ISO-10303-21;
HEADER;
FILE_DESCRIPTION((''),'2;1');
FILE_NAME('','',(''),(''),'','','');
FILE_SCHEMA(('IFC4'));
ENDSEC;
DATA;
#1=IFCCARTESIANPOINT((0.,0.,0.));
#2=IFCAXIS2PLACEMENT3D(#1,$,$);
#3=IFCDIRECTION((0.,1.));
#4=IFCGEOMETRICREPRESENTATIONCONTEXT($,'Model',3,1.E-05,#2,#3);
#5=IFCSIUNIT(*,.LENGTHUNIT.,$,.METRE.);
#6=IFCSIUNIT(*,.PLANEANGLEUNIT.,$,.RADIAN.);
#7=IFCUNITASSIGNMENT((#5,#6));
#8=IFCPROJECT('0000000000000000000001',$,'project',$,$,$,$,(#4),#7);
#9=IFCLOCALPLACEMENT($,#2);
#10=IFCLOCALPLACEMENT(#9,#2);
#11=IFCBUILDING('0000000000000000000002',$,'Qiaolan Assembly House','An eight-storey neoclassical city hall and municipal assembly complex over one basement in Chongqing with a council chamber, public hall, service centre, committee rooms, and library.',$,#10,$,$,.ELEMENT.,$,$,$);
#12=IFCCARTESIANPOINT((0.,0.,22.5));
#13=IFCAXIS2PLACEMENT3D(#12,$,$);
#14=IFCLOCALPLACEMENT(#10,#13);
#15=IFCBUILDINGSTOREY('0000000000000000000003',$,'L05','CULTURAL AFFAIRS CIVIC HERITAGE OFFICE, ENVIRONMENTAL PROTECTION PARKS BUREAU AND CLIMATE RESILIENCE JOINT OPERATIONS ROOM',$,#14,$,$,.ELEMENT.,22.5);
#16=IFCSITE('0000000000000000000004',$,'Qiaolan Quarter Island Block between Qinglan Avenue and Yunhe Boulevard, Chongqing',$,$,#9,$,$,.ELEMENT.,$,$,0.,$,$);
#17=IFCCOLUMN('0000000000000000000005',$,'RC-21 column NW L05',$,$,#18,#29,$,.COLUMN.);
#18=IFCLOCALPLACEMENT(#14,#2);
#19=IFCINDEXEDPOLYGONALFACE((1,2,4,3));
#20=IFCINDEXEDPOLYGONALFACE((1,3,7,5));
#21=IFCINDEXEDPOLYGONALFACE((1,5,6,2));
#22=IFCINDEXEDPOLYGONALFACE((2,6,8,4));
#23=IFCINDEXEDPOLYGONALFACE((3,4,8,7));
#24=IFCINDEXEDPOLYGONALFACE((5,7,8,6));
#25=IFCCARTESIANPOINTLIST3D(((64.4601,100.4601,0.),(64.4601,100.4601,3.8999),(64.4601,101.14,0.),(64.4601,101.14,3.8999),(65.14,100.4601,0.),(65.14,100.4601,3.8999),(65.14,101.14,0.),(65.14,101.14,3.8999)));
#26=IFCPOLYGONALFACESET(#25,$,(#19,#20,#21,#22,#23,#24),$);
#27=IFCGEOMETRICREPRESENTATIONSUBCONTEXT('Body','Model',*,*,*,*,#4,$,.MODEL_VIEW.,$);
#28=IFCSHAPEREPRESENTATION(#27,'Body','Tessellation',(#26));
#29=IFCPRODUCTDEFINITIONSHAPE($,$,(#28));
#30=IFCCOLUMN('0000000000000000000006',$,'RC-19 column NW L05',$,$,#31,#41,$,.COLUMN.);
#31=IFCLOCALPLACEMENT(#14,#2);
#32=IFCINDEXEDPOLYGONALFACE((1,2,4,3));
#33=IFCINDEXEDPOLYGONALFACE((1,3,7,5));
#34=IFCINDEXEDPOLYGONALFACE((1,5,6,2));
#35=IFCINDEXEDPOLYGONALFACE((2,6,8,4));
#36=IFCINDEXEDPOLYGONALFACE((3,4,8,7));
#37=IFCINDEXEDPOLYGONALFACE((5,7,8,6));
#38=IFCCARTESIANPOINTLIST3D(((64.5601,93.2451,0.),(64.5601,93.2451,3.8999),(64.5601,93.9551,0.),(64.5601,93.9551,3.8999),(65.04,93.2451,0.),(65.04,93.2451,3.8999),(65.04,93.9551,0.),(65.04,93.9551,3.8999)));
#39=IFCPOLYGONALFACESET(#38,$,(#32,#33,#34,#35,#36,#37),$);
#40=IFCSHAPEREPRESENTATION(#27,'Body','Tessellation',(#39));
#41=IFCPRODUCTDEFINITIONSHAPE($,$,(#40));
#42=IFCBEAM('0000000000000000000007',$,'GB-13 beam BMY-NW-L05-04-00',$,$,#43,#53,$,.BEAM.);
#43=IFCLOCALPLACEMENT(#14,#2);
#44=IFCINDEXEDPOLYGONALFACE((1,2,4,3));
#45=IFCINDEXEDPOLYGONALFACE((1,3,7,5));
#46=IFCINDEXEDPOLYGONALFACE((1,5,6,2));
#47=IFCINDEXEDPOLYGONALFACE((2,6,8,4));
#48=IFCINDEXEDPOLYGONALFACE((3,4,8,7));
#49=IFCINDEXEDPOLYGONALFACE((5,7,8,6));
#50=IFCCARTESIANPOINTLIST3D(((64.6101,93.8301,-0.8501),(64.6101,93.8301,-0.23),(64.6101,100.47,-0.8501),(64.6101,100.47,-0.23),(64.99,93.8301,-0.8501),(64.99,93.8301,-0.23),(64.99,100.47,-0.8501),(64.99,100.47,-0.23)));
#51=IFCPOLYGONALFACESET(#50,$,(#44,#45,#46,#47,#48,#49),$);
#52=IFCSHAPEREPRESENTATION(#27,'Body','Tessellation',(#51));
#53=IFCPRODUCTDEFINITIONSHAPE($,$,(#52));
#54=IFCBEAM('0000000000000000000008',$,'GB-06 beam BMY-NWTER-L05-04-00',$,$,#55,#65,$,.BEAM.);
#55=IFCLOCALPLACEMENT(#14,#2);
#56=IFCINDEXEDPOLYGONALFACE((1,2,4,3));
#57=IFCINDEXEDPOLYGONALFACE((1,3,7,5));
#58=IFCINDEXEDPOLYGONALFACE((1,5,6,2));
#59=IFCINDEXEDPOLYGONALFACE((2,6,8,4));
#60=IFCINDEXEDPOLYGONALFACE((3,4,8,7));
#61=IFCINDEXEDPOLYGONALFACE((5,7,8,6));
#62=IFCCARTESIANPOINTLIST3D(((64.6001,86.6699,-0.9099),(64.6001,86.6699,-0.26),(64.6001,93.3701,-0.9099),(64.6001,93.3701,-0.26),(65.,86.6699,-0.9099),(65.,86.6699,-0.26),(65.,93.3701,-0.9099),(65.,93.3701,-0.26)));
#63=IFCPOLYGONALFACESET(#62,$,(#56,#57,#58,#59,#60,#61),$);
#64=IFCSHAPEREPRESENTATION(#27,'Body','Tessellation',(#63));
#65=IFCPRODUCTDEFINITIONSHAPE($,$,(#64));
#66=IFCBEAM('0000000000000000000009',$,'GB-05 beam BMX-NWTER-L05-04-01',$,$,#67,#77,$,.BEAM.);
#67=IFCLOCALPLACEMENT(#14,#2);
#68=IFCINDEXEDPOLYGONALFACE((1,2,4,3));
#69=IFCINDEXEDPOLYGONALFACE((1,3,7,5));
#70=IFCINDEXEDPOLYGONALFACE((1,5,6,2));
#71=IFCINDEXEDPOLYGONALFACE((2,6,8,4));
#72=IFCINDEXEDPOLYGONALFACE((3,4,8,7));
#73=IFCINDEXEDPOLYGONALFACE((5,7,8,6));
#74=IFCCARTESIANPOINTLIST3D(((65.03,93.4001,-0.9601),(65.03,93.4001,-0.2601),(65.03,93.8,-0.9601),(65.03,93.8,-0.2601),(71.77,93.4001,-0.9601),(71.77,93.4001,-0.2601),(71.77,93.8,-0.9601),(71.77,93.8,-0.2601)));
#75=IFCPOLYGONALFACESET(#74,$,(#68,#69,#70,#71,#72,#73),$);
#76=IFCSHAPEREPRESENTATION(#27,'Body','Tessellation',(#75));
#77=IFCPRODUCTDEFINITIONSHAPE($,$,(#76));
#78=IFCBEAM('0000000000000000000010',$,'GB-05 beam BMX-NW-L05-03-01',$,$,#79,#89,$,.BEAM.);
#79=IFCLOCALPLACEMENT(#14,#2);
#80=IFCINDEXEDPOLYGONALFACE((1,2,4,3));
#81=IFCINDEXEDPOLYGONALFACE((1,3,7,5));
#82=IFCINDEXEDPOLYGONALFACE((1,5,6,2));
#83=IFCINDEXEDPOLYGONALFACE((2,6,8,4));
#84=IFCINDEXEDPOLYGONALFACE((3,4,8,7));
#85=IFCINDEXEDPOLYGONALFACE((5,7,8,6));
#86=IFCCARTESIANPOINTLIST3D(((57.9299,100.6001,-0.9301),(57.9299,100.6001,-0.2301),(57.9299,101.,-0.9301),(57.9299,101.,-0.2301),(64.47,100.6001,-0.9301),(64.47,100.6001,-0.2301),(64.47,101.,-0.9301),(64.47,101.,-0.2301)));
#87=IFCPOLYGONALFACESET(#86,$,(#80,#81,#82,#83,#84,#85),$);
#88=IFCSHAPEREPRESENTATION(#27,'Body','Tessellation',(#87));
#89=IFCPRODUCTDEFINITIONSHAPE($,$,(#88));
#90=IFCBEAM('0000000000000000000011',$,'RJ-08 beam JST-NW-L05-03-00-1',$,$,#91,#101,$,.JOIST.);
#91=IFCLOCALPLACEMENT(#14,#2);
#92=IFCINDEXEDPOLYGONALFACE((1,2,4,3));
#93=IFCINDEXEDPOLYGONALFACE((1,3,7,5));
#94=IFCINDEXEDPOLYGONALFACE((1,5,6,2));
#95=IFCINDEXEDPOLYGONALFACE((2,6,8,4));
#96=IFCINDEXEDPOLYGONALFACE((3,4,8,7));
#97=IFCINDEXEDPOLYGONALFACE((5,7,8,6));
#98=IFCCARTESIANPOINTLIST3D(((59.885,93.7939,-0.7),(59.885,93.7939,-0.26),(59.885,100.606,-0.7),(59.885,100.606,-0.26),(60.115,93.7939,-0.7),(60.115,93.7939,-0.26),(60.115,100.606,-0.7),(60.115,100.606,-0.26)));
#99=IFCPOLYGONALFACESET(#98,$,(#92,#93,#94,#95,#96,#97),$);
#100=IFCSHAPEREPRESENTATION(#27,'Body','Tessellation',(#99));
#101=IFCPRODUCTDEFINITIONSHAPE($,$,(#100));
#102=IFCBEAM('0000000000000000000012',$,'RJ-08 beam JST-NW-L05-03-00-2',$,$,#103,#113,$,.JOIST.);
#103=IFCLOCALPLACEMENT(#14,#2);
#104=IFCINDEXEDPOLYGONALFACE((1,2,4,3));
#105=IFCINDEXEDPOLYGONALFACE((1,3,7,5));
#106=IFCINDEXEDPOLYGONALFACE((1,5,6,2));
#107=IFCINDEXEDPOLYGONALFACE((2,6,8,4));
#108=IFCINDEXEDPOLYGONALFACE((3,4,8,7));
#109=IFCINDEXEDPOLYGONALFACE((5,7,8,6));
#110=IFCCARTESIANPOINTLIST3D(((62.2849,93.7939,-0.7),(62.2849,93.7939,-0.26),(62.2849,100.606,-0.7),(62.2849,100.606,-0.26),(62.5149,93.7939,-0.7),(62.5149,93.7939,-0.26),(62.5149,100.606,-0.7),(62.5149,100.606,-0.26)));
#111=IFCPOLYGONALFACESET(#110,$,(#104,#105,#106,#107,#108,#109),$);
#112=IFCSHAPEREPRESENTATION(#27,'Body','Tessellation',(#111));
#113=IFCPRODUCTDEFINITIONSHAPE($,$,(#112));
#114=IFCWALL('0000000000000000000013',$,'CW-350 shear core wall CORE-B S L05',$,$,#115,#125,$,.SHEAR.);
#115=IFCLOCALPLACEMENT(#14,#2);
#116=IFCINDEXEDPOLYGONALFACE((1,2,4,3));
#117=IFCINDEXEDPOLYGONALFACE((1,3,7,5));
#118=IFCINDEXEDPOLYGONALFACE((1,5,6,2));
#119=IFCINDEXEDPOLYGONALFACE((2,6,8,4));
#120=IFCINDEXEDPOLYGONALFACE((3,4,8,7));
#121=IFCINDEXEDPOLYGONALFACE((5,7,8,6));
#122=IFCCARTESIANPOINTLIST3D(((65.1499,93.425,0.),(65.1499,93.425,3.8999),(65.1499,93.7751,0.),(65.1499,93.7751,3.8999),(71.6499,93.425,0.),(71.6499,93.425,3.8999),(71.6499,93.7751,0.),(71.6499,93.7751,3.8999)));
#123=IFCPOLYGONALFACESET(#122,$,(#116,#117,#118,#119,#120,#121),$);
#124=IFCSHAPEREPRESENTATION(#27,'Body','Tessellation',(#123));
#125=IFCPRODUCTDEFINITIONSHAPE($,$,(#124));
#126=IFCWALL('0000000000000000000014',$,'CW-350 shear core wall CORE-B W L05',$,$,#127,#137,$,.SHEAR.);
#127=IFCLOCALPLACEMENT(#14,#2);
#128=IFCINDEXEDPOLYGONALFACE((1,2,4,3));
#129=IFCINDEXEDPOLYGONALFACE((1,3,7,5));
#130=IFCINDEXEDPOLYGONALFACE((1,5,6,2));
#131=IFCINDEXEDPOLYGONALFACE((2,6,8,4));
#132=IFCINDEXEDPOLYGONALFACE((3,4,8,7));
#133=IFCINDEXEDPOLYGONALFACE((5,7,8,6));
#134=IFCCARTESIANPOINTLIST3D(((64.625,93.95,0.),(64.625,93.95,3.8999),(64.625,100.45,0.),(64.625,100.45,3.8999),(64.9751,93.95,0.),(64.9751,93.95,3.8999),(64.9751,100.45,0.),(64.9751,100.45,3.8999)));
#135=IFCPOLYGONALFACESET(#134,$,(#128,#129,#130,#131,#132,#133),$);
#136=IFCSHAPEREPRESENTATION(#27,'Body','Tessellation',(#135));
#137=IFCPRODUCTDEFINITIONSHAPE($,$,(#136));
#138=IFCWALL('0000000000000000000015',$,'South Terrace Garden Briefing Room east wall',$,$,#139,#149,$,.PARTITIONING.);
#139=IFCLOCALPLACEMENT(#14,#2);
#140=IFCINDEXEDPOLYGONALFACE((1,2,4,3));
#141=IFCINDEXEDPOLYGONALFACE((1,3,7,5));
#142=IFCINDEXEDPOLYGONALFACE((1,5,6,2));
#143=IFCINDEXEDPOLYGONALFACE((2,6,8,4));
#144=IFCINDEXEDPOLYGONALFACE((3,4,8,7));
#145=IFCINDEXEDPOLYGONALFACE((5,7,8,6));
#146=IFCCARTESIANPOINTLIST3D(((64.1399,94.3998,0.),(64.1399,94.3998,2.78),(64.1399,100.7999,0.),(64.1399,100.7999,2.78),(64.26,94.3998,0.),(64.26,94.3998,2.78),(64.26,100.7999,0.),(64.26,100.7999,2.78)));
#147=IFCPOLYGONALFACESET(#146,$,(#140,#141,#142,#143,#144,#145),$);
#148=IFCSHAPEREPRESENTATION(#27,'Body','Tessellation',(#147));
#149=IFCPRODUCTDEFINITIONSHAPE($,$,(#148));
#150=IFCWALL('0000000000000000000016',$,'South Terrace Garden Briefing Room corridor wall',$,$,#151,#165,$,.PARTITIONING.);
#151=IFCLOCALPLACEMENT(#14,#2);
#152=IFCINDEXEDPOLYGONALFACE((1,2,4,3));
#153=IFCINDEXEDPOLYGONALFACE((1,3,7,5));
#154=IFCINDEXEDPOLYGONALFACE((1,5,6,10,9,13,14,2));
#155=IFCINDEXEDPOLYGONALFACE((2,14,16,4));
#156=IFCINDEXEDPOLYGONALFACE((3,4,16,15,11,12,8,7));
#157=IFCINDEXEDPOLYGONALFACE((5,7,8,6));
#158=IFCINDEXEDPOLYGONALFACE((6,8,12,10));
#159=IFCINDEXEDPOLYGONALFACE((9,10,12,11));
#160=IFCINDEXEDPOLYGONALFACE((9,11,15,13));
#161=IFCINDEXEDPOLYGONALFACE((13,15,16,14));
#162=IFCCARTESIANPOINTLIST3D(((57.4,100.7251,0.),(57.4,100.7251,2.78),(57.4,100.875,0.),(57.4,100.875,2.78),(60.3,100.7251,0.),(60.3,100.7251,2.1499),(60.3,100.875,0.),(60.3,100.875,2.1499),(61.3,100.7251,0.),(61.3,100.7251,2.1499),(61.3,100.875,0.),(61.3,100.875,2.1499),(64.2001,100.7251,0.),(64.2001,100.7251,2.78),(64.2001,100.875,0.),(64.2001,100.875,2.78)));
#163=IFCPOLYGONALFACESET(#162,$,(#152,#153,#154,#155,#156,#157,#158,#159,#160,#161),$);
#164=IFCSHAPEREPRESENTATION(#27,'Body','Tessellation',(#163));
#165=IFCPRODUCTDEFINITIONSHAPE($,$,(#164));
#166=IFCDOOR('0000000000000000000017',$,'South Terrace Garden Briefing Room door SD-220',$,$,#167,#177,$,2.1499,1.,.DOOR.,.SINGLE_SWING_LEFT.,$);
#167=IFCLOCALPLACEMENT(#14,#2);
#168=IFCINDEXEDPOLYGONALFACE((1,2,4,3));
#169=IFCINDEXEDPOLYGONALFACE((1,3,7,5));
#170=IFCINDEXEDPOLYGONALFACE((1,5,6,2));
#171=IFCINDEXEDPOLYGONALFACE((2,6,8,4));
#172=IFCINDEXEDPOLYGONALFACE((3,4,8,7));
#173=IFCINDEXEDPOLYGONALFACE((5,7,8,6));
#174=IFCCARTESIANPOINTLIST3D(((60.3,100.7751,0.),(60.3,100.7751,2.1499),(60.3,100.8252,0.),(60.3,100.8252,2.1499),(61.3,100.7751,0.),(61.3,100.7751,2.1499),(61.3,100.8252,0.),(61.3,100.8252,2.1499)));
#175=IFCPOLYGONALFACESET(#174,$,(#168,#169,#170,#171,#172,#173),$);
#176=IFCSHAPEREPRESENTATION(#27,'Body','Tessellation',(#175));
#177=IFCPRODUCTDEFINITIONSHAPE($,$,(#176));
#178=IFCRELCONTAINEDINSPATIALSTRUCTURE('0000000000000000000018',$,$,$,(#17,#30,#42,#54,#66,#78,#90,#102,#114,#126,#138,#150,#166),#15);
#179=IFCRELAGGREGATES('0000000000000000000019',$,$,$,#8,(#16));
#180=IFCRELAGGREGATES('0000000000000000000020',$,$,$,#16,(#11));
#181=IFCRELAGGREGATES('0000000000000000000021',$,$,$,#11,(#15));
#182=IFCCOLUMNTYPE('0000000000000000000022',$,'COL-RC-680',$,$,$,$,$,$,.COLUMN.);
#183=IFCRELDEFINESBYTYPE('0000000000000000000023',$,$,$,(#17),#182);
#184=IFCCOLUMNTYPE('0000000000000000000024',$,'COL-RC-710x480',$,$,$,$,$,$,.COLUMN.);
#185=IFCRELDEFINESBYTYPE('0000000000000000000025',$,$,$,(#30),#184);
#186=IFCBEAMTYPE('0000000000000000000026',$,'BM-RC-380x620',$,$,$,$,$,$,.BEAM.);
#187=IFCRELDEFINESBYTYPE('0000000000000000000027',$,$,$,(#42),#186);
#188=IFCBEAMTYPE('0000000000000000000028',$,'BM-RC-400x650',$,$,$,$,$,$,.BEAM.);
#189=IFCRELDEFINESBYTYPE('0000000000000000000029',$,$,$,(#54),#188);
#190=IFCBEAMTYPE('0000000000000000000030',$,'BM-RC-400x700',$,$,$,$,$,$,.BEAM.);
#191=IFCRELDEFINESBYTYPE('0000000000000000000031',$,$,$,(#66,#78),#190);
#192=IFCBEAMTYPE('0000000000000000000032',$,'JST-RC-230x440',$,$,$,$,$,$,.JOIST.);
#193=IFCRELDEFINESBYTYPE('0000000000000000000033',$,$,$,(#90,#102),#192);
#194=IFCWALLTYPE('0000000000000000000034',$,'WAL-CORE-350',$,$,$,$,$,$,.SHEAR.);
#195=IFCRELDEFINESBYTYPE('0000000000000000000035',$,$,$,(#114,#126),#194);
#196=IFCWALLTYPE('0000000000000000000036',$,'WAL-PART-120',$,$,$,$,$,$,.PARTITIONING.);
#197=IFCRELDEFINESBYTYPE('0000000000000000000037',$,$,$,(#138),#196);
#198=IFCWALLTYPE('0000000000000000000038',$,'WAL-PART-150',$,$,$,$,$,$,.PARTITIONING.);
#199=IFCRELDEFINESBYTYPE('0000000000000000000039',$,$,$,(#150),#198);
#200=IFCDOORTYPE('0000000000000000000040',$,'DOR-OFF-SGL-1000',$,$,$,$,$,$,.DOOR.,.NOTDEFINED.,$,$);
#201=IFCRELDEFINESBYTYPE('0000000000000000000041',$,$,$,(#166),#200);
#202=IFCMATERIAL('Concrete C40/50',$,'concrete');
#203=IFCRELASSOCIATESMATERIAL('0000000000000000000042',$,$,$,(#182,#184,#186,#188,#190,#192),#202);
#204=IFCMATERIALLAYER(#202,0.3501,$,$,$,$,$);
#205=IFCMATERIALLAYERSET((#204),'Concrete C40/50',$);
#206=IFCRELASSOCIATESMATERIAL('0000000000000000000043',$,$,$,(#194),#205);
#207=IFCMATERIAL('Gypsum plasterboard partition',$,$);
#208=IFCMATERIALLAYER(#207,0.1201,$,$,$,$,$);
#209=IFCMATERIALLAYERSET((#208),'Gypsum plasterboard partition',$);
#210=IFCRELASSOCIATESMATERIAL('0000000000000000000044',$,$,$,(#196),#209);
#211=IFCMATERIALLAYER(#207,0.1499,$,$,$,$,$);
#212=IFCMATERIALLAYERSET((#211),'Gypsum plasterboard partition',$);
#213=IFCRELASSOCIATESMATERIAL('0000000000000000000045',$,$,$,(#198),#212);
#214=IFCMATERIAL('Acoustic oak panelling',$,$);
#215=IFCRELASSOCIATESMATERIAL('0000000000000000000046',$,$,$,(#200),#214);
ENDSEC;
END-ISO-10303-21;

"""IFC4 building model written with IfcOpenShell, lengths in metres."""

from ifc_helpers import new_model, si_unit, direction, frame, frame_2d, origin, origin_2d, place, context, subcontext, project, spatial, rectangle, extrude, material, layer, layer_set, material_profile, profile_set, type_object, element, fill, save


model = new_model("IFC4")

# Units and contexts
model_context = context("Model", 3, precision=1e-05, world=origin(), true_north=direction((0.0, 1.0)))
body_context = subcontext(model_context, "Body", "Model", "MODEL_VIEW")
ifc_project = project(units=[si_unit("LENGTHUNIT", "METRE"), si_unit("PLANEANGLEUNIT", "RADIAN")], contexts=[model_context])

# Site, building, storey
site_placement = place(None, origin())
site = spatial("IfcSite", under=ifc_project, at=site_placement, Name="Qiaolan Quarter Island Block between Qinglan Avenue and Yunhe Boulevard, Chongqing", CompositionType="ELEMENT", RefElevation=0.0)
building_placement = place(site_placement, origin())
building = spatial("IfcBuilding", under=site, at=building_placement, Name="Qiaolan Assembly House", Description="An eight-storey neoclassical city hall and municipal assembly complex over one basement in Chongqing with a council chamber, public hall, service centre, committee rooms, and library.", CompositionType="ELEMENT")
storey_placement = place(building_placement, frame((0.0, 0.0, 22.5)))
storey = spatial("IfcBuildingStorey", under=building, at=storey_placement, Name="L05", Description="CULTURAL AFFAIRS CIVIC HERITAGE OFFICE, ENVIRONMENTAL PROTECTION PARKS BUREAU AND CLIMATE RESILIENCE JOINT OPERATIONS ROOM", CompositionType="ELEMENT", Elevation=22.5)

# Columns
ifc_material_1 = material(Name="Concrete C40/50", Category="concrete")
ifc_material_profile_1 = material_profile(ifc_material_1, rectangle(XDim=0.6799, YDim=0.6799, at=origin_2d()), Name="RC 680x680")
ifc_profile_set_1 = profile_set([ifc_material_profile_1], Name="Concrete C40/50")
column_type_1 = type_object("IfcColumnType", Name="COL-RC-680", PredefinedType="COLUMN", material=ifc_profile_set_1)
column_1_placement = place(storey_placement, frame((64.8, 100.8, 0.0), z_axis=(0.0, 0.0, 1.0), x_axis=(1.0, 0.0, 0.0)))
element("IfcColumn", 1, at=column_1_placement, inside=storey, type_object=column_type_1, Name="RC-21 column NW L05", PredefinedType="COLUMN", context=body_context, shape_type="SweptSolid", body=[
    extrude(rectangle(XDim=0.6799, YDim=0.6799, at=origin_2d()), origin(), (0.0, 0.0, 1.0), 3.8999),
])
ifc_material_profile_2 = material_profile(ifc_material_1, rectangle(XDim=0.48, YDim=0.71, at=origin_2d()), Name="RC 710x480")
ifc_profile_set_2 = profile_set([ifc_material_profile_2], Name="Concrete C40/50")
column_type_2 = type_object("IfcColumnType", Name="COL-RC-710x480", PredefinedType="COLUMN", material=ifc_profile_set_2)
column_2_placement = place(storey_placement, frame((64.8, 93.6001, 0.0), z_axis=(0.0, 0.0, 1.0), x_axis=(1.0, 0.0, 0.0)))
element("IfcColumn", 2, at=column_2_placement, inside=storey, type_object=column_type_2, Name="RC-19 column NW L05", PredefinedType="COLUMN", context=body_context, shape_type="SweptSolid", body=[
    extrude(rectangle(XDim=0.48, YDim=0.71, at=origin_2d()), origin(), (0.0, 0.0, 1.0), 3.8999),
])

# Beams
ifc_material_profile_3 = material_profile(ifc_material_1, rectangle(XDim=0.3799, YDim=0.6201, at=origin_2d()), Name="RCB 380x620")
ifc_profile_set_3 = profile_set([ifc_material_profile_3], Name="Concrete C40/50")
beam_type_1 = type_object("IfcBeamType", Name="BM-RC-380x620", PredefinedType="BEAM", material=ifc_profile_set_3)
beam_1_placement = place(storey_placement, frame((64.8, 93.8301, -0.54), z_axis=(0.0, 1.0, 0.0), x_axis=(-1.0, 0.0, 0.0)))
element("IfcBeam", 3, at=beam_1_placement, inside=storey, type_object=beam_type_1, Name="GB-13 beam BMY-NW-L05-04-00", PredefinedType="BEAM", context=body_context, shape_type="SweptSolid", body=[
    extrude(rectangle(XDim=0.3799, YDim=0.6201, at=origin_2d()), origin(), (0.0, 0.0, 1.0), 6.6399),
])
ifc_material_profile_4 = material_profile(ifc_material_1, rectangle(XDim=0.3999, YDim=0.6499, at=origin_2d()), Name="RCB 400x650")
ifc_profile_set_4 = profile_set([ifc_material_profile_4], Name="Concrete C40/50")
beam_type_2 = type_object("IfcBeamType", Name="BM-RC-400x650", PredefinedType="BEAM", material=ifc_profile_set_4)
beam_2_placement = place(storey_placement, frame((64.8, 86.6699, -0.585), z_axis=(0.0, 1.0, 0.0), x_axis=(-1.0, 0.0, 0.0)))
element("IfcBeam", 4, at=beam_2_placement, inside=storey, type_object=beam_type_2, Name="GB-06 beam BMY-NWTER-L05-04-00", PredefinedType="BEAM", context=body_context, shape_type="SweptSolid", body=[
    extrude(rectangle(XDim=0.3999, YDim=0.6499, at=origin_2d()), origin(), (0.0, 0.0, 1.0), 6.7002),
])
ifc_material_profile_5 = material_profile(ifc_material_1, rectangle(XDim=0.3999, YDim=0.7, at=origin_2d()), Name="RCB 400x700")
ifc_profile_set_5 = profile_set([ifc_material_profile_5], Name="Concrete C40/50")
beam_type_3 = type_object("IfcBeamType", Name="BM-RC-400x700", PredefinedType="BEAM", material=ifc_profile_set_5)
beam_3_placement = place(storey_placement, frame((65.03, 93.6001, -0.6101), z_axis=(1.0, 0.0, 0.0), x_axis=(0.0, 1.0, 0.0)))
element("IfcBeam", 5, at=beam_3_placement, inside=storey, type_object=beam_type_3, Name="GB-05 beam BMX-NWTER-L05-04-01", PredefinedType="BEAM", context=body_context, shape_type="SweptSolid", body=[
    extrude(rectangle(XDim=0.3999, YDim=0.7, at=origin_2d()), origin(), (0.0, 0.0, 1.0), 6.74),
])
beam_4_placement = place(storey_placement, frame((57.9299, 100.8, -0.5801), z_axis=(1.0, 0.0, 0.0), x_axis=(0.0, 1.0, 0.0)))
element("IfcBeam", 6, at=beam_4_placement, inside=storey, type_object=beam_type_3, Name="GB-05 beam BMX-NW-L05-03-01", PredefinedType="BEAM", context=body_context, shape_type="SweptSolid", body=[
    extrude(rectangle(XDim=0.3999, YDim=0.7, at=origin_2d()), origin(), (0.0, 0.0, 1.0), 6.54),
])
ifc_material_profile_6 = material_profile(ifc_material_1, rectangle(XDim=0.23, YDim=0.4399, at=origin_2d()), Name="RCB 230x440")
ifc_profile_set_6 = profile_set([ifc_material_profile_6], Name="Concrete C40/50")
beam_type_4 = type_object("IfcBeamType", Name="JST-RC-230x440", PredefinedType="JOIST", material=ifc_profile_set_6)
for number, where, z_axis, x_axis, name in (
    (7, (60.0, 93.7939, -0.48), (0.0, 1.0, 0.0), (-1.0, 0.0, 0.0), "RJ-08 beam JST-NW-L05-03-00-1"),
    (8, (62.3999, 93.7939, -0.48), (0.0, 1.0, 0.0), (-1.0, 0.0, 0.0), "RJ-08 beam JST-NW-L05-03-00-2"),
):
    element("IfcBeam", number, at=place(storey_placement, frame(where, z_axis=z_axis, x_axis=x_axis)), inside=storey, type_object=beam_type_4, Name=name, PredefinedType="JOIST", context=body_context, shape_type="SweptSolid", body=[
        extrude(rectangle(XDim=0.23, YDim=0.4399, at=origin_2d()), origin(), (0.0, 0.0, 1.0), 6.812),
    ])

# Walls
ifc_layer_1 = layer(ifc_material_1, 0.3501)
ifc_layer_set_1 = layer_set([ifc_layer_1], Name="Concrete C40/50")
wall_type_1 = type_object("IfcWallType", Name="WAL-CORE-350", PredefinedType="SHEAR", material=ifc_layer_set_1)
for number, where, z_axis, x_axis, name in (
    (9, (65.1499, 93.6001, 0.0), (0.0, 0.0, 1.0), (1.0, 0.0, 0.0), "CW-350 shear core wall CORE-B S L05"),
    (10, (64.8, 100.45, 0.0), (0.0, 0.0, 1.0), (0.0, -1.0, 0.0), "CW-350 shear core wall CORE-B W L05"),
):
    element("IfcWall", number, at=place(storey_placement, frame(where, z_axis=z_axis, x_axis=x_axis)), inside=storey, type_object=wall_type_1, Name=name, PredefinedType="SHEAR", context=body_context, shape_type="SweptSolid", body=[
        extrude(rectangle(XDim=6.5, YDim=0.3501, at=frame_2d((3.25, 0.0))), origin(), (0.0, 0.0, 1.0), 3.8999),
    ])
ifc_material_2 = material(Name="Gypsum plasterboard partition")
ifc_layer_2 = layer(ifc_material_2, 0.1201)
ifc_layer_set_2 = layer_set([ifc_layer_2], Name="Gypsum plasterboard partition")
wall_type_2 = type_object("IfcWallType", Name="WAL-PART-120", PredefinedType="PARTITIONING", material=ifc_layer_set_2)
wall_1_placement = place(storey_placement, frame((64.2, 100.8, 0.0), z_axis=(0.0, 0.0, 1.0), x_axis=(0.0, -1.0, 0.0)))
element("IfcWall", 11, at=wall_1_placement, inside=storey, type_object=wall_type_2, Name="South Terrace Garden Briefing Room east wall", PredefinedType="PARTITIONING", context=body_context, shape_type="SweptSolid", body=[
    extrude(rectangle(XDim=6.4001, YDim=0.1201, at=frame_2d((3.2002, 0.0))), origin(), (0.0, 0.0, 1.0), 2.78),
])

# Wall, opening, door
ifc_layer_3 = layer(ifc_material_2, 0.1499)
ifc_layer_set_3 = layer_set([ifc_layer_3], Name="Gypsum plasterboard partition")
wall_type_3 = type_object("IfcWallType", Name="WAL-PART-150", PredefinedType="PARTITIONING", material=ifc_layer_set_3)
wall_2_placement = place(storey_placement, frame((64.2, 100.8, 0.0), z_axis=(0.0, 0.0, 1.0), x_axis=(-1.0, 0.0, 0.0)))
wall_2 = element("IfcWall", 12, at=wall_2_placement, inside=storey, type_object=wall_type_3, Name="South Terrace Garden Briefing Room corridor wall", PredefinedType="PARTITIONING", context=body_context, shape_type="SweptSolid", body=[
    extrude(rectangle(XDim=6.8, YDim=0.1499, at=frame_2d((3.3999, 0.0))), origin(), (0.0, 0.0, 1.0), 2.78),
])
opening_placement = place(wall_2_placement, frame((2.8999, 0.0, 0.0)))
opening = element("IfcOpeningElement", 13, at=opening_placement, cuts=wall_2, PredefinedType="OPENING", context=body_context, shape_type="SweptSolid", body=[
    extrude(rectangle(XDim=1.0, YDim=2.1499, at=frame_2d((0.5, 1.075))), frame((0.0, 0.085, 0.0), z_axis=(0.0, -1.0, 0.0), x_axis=(1.0, 0.0, 0.0)), (0.0, 0.0, 1.0), 0.1699),
])
ifc_material_3 = material(Name="Acoustic oak panelling")
door_type = type_object("IfcDoorType", Name="DOR-OFF-SGL-1000", OperationType="NOTDEFINED", PredefinedType="DOOR", material=ifc_material_3)
door_placement = place(opening_placement, origin())
door = element("IfcDoor", 14, at=door_placement, inside=storey, type_object=door_type, Name="South Terrace Garden Briefing Room door SD-220", OperationType="SINGLE_SWING_LEFT", OverallHeight=2.1499, OverallWidth=1.0, PredefinedType="DOOR", context=body_context, shape_type="SweptSolid", body=[
    extrude(rectangle(XDim=1.0, YDim=2.1499, at=frame_2d((0.5, 1.075))), frame((0.0, 0.0249, 0.0), z_axis=(0.0, -1.0, 0.0), x_axis=(1.0, 0.0, 0.0)), (0.0, 0.0, 1.0), 0.05),
])
fill(opening, door)

save(model, "model.ifc")
